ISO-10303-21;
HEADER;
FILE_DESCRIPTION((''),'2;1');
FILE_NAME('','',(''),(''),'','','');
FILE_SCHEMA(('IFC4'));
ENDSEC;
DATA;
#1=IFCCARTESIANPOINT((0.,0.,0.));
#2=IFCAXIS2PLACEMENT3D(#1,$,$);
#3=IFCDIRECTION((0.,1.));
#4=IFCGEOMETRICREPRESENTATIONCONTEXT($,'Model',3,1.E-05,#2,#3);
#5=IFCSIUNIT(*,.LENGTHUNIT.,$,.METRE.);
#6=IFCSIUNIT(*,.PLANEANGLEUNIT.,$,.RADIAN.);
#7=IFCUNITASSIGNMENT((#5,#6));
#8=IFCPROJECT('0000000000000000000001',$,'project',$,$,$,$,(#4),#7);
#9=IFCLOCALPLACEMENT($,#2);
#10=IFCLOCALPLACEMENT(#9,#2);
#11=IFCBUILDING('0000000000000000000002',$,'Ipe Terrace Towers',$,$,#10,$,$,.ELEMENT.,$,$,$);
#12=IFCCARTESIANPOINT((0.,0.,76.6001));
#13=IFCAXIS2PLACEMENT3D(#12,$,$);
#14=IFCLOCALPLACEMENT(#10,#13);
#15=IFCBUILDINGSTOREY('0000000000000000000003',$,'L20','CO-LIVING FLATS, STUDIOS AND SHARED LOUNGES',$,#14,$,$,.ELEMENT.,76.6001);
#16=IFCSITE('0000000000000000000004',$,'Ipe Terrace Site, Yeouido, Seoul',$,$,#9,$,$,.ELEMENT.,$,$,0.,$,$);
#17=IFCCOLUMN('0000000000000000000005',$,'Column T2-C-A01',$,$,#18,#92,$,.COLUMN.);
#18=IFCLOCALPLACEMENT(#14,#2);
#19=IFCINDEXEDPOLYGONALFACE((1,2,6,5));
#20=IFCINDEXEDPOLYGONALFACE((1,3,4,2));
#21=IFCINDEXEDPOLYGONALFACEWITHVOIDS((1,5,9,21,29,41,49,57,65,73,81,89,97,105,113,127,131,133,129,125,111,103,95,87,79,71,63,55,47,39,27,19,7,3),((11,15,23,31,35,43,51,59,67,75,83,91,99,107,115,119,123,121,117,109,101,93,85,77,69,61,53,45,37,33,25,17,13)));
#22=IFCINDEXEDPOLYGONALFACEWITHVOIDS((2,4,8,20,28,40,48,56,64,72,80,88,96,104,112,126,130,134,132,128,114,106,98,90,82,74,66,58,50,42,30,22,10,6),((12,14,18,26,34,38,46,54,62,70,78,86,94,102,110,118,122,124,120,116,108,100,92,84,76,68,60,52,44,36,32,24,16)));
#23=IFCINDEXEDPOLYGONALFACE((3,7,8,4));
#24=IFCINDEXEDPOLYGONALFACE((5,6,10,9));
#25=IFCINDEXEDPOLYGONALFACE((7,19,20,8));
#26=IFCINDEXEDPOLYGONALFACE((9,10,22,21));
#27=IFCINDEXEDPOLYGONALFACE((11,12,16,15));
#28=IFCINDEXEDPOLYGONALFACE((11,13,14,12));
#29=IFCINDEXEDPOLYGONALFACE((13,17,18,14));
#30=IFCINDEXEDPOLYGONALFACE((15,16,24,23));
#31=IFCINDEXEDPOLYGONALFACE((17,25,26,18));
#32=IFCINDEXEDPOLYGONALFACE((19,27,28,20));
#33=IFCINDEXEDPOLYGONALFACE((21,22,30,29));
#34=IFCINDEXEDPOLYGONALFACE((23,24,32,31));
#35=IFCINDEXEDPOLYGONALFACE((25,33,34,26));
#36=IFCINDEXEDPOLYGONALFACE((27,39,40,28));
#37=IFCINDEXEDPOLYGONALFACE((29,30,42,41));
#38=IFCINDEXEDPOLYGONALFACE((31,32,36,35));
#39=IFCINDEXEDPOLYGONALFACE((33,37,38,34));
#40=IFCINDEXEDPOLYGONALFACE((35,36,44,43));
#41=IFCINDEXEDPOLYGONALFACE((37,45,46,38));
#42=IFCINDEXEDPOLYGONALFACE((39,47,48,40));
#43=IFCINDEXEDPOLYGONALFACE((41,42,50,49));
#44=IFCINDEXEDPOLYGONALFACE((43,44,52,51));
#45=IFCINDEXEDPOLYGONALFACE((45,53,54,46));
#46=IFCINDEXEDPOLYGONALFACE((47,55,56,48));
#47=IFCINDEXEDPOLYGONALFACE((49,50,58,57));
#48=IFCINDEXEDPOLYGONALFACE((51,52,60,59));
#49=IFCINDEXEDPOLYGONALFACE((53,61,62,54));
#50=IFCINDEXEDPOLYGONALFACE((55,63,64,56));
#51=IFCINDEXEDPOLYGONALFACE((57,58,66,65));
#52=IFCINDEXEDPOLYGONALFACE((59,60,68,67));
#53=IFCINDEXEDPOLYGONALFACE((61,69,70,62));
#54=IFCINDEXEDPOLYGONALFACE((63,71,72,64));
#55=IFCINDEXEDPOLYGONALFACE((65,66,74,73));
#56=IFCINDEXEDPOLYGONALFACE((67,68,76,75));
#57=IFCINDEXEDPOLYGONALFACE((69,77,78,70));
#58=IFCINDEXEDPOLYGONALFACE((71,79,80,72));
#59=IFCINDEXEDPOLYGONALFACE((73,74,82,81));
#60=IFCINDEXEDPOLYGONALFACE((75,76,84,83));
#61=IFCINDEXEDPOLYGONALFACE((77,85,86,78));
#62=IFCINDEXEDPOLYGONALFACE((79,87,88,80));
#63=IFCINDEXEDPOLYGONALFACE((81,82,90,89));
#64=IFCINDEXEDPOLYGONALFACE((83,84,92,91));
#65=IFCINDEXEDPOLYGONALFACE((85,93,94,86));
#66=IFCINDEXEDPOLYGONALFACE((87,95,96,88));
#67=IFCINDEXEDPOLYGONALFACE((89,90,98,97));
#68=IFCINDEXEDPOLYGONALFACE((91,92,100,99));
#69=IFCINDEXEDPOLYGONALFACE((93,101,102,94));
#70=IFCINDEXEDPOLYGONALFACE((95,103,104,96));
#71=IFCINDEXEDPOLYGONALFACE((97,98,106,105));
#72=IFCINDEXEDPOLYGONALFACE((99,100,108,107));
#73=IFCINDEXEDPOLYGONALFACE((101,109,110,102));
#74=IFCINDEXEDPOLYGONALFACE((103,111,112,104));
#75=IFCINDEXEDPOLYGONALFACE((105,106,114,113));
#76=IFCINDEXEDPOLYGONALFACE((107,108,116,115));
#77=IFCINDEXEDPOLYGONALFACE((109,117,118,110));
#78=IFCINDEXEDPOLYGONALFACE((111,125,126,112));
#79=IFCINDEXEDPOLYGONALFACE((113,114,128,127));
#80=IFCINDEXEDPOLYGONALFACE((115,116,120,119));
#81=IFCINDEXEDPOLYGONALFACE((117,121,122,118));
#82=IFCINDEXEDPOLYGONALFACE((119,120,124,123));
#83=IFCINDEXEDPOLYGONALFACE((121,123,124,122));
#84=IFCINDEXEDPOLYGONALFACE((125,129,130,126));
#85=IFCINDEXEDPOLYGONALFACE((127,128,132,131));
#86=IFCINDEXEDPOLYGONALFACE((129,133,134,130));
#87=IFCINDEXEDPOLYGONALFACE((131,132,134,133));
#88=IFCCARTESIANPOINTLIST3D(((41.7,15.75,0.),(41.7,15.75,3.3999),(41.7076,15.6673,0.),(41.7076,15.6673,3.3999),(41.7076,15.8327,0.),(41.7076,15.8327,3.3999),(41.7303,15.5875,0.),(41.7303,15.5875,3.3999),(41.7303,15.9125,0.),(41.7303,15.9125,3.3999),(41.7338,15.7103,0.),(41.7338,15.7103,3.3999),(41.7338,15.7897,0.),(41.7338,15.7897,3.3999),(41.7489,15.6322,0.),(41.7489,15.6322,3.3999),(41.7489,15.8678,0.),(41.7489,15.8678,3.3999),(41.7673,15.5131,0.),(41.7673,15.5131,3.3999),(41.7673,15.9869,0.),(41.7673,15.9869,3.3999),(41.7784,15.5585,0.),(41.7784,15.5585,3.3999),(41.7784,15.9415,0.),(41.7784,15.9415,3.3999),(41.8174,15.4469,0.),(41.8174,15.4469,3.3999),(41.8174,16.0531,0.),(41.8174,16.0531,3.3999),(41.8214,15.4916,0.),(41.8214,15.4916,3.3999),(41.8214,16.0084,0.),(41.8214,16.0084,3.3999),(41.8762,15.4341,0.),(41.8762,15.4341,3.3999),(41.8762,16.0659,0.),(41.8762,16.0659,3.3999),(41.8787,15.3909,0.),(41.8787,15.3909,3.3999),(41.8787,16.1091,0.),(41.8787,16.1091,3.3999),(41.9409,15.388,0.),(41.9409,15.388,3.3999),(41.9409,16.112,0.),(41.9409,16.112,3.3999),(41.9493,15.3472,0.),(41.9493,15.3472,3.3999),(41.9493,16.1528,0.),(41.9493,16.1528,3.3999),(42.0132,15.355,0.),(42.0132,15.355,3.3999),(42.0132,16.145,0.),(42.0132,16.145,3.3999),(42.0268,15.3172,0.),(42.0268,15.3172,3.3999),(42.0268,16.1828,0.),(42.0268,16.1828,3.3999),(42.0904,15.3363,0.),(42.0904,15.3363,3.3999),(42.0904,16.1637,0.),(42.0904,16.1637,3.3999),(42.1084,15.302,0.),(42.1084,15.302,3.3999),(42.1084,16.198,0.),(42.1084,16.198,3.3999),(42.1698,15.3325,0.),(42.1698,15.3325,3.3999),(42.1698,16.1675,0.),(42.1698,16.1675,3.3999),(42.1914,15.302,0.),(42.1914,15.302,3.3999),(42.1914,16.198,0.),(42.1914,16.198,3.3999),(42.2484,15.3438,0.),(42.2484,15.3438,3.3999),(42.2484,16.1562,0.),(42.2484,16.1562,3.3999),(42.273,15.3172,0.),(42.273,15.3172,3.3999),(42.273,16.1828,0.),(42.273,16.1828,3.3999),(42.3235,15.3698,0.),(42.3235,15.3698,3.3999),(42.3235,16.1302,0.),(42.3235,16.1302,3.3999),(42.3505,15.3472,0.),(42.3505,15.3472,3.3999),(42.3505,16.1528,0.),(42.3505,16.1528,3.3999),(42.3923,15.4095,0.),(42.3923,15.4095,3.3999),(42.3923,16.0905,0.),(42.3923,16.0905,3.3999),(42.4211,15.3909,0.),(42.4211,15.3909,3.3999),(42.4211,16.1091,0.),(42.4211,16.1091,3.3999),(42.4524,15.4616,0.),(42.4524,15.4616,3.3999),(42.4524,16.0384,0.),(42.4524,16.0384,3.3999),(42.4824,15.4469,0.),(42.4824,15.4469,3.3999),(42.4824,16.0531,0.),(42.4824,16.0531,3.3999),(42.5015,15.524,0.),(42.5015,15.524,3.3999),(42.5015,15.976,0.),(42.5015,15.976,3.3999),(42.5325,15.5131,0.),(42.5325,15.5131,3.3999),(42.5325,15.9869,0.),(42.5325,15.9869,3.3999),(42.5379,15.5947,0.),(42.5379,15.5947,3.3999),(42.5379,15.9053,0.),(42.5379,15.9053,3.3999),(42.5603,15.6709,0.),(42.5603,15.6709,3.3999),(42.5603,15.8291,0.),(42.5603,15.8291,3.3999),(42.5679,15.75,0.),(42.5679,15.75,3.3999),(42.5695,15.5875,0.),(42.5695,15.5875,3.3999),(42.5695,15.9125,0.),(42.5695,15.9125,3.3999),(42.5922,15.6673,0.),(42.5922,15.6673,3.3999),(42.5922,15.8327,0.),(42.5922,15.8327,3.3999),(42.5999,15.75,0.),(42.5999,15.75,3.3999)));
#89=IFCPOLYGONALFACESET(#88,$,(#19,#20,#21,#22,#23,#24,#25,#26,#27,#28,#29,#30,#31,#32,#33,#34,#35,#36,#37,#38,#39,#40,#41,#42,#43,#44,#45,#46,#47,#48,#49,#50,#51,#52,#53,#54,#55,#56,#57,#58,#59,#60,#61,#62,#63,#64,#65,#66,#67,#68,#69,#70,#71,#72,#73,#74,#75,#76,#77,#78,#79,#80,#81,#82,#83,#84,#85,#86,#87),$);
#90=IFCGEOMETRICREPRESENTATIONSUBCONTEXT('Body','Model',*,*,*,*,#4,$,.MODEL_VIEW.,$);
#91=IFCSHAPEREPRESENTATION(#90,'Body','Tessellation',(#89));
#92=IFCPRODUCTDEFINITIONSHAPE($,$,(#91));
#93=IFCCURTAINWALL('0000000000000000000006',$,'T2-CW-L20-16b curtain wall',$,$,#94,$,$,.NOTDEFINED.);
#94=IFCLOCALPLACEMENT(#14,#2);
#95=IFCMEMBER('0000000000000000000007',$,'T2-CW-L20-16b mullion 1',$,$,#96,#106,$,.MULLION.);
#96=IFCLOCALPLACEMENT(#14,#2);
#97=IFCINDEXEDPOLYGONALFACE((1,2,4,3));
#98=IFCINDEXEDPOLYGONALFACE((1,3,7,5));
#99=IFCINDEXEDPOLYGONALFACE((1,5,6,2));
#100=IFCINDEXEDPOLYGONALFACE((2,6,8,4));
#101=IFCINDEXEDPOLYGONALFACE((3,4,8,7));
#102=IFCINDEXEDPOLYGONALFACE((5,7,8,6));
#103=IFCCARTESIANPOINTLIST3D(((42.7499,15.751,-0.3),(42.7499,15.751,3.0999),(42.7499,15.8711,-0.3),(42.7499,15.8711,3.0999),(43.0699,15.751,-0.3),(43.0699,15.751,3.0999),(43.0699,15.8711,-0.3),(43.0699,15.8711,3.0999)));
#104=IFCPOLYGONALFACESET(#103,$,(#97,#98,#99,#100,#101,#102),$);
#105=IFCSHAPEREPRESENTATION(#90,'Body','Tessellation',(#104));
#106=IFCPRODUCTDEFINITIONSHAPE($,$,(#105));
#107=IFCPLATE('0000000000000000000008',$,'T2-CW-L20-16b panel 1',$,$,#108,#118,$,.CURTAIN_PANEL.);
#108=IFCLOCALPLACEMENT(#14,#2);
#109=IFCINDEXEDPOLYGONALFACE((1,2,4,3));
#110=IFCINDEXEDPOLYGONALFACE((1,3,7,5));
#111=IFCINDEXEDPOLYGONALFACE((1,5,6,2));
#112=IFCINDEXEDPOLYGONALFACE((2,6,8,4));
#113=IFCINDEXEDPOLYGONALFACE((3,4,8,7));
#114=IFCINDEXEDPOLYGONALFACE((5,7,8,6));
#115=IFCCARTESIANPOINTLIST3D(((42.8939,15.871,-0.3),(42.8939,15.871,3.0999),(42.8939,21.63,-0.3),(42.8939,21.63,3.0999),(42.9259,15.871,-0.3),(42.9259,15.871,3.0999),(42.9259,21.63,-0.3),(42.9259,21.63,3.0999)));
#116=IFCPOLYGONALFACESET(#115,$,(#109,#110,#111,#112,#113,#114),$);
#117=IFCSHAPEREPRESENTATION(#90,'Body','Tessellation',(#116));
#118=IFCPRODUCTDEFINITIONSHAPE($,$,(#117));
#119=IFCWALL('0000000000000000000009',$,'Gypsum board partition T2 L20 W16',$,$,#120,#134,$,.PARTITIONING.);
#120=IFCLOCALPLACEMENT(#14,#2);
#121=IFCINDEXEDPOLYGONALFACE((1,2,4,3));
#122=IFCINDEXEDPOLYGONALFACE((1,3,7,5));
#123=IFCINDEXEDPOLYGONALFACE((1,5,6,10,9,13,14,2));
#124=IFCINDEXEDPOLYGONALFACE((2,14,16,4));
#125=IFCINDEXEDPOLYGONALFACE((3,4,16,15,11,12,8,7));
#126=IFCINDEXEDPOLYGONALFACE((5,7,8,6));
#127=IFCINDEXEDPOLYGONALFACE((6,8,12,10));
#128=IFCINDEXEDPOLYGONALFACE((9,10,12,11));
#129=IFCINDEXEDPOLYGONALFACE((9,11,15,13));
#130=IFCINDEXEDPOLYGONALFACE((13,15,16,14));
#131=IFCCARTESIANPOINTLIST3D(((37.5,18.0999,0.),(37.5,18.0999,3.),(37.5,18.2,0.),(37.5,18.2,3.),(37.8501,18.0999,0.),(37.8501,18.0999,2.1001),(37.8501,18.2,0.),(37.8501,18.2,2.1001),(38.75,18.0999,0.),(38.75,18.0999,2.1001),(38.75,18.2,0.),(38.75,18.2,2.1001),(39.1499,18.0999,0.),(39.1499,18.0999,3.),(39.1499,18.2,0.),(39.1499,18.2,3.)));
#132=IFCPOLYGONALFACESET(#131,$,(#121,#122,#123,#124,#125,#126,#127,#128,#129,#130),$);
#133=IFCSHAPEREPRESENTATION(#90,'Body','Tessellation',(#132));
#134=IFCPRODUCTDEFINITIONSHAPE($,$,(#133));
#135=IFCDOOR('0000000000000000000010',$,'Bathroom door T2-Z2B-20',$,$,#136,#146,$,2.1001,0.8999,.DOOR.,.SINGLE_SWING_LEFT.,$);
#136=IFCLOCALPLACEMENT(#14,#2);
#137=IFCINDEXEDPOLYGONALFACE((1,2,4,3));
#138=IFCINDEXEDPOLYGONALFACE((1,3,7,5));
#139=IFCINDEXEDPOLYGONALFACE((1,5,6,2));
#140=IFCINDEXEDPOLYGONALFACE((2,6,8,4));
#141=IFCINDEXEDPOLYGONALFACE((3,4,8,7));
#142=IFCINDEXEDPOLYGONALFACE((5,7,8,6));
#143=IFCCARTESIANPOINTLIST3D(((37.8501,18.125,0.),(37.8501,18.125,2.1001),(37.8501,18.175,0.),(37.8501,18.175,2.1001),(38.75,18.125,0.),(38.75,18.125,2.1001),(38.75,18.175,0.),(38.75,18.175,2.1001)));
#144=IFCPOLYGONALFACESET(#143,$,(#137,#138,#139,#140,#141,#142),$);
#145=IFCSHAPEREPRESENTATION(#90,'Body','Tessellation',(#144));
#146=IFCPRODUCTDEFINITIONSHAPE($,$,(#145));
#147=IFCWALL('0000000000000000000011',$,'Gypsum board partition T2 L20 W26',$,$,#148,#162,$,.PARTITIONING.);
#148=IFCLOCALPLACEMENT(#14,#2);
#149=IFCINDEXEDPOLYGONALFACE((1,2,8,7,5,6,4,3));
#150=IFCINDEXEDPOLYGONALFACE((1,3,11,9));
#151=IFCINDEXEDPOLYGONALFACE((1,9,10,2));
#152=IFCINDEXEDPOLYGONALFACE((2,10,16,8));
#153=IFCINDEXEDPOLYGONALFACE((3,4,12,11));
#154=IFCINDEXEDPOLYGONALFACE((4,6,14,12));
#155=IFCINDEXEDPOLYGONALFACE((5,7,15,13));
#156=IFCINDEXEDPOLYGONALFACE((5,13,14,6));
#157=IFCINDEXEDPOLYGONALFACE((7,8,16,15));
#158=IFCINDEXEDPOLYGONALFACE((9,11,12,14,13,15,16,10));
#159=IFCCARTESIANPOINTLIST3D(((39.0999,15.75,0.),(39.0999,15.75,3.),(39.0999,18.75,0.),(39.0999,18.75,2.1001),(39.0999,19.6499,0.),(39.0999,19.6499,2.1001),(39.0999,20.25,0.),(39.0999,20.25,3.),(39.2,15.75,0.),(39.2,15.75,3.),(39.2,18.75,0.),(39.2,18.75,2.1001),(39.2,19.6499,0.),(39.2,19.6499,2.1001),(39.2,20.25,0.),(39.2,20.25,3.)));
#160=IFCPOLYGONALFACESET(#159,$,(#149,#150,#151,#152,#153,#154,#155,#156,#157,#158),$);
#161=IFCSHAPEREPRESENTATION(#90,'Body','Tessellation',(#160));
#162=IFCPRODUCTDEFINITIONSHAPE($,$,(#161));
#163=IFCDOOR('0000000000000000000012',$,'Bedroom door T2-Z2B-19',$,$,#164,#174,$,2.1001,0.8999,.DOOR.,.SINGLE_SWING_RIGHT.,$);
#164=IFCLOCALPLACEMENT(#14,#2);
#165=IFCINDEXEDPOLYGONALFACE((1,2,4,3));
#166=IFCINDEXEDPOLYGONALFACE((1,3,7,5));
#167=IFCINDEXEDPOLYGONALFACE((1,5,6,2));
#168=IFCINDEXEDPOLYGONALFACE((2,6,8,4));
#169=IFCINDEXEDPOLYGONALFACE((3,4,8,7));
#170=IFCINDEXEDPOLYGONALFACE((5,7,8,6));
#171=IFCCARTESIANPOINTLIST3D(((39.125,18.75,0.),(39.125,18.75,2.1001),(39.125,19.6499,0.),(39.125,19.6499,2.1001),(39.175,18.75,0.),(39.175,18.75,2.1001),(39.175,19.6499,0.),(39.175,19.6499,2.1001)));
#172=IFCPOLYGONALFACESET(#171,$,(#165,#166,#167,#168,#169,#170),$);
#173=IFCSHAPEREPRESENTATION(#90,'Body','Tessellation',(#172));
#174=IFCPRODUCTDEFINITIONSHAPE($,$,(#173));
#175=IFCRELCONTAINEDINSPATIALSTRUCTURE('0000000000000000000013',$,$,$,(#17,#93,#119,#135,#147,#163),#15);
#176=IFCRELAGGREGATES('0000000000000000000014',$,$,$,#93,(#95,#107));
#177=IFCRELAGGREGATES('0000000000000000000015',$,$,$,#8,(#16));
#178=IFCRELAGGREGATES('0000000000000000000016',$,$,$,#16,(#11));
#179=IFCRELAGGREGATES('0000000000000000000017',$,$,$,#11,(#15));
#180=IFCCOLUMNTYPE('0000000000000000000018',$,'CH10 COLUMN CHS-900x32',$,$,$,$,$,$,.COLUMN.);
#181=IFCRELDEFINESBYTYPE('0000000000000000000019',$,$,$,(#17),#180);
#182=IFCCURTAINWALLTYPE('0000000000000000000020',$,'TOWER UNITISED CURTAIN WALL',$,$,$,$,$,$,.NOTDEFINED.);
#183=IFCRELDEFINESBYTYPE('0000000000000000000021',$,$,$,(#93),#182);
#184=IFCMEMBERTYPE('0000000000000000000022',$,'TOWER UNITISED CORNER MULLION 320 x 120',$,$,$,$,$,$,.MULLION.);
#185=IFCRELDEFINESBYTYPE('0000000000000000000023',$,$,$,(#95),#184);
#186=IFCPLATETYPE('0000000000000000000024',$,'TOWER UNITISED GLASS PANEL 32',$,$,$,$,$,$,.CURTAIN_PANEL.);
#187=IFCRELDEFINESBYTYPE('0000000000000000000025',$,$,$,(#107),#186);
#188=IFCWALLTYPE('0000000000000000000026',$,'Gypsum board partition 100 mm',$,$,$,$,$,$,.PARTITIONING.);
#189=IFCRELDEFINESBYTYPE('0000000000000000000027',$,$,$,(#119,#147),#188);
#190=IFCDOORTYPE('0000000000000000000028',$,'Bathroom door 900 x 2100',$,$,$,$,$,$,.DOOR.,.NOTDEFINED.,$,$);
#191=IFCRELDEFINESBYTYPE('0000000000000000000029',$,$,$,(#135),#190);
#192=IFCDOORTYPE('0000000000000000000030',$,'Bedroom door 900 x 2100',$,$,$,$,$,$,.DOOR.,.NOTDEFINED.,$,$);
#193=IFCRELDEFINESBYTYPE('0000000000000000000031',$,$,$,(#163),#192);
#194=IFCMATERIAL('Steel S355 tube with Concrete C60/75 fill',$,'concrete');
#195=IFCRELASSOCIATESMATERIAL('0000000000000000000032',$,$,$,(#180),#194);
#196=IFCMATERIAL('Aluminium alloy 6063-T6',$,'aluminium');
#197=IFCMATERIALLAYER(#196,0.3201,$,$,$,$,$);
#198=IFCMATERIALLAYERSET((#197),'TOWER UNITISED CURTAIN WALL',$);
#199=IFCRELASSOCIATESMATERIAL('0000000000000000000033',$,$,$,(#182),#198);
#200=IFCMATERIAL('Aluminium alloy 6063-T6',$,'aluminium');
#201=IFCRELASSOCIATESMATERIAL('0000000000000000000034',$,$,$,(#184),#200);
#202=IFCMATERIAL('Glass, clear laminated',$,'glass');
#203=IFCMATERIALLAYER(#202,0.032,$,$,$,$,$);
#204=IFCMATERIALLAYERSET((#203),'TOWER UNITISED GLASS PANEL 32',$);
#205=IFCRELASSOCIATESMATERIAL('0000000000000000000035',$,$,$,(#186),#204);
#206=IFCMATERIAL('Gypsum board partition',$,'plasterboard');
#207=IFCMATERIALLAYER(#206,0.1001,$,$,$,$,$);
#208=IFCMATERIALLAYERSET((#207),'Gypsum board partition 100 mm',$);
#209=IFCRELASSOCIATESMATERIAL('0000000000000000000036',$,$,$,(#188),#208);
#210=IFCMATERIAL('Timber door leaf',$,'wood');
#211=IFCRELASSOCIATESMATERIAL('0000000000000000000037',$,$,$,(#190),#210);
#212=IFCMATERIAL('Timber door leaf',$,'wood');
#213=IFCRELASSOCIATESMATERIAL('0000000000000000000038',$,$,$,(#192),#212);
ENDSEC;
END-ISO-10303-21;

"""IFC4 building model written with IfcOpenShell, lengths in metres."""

from ifc_helpers import new_model, si_unit, direction, frame, frame_2d, origin, origin_2d, place, context, subcontext, project, spatial, rectangle, hollow_circle, extrude, material, layer, layer_set, material_profile, profile_set, type_object, element, fill, aggregate, save


model = new_model("IFC4")

# Units and contexts
model_context = context("Model", 3, precision=1e-05, world=origin(), true_north=direction((0.0, 1.0)))
body_context = subcontext(model_context, "Body", "Model", "MODEL_VIEW")
ifc_project = project(units=[si_unit("LENGTHUNIT", "METRE"), si_unit("PLANEANGLEUNIT", "RADIAN")], contexts=[model_context])

# Site, building, storey
site_placement = place(None, origin())
site = spatial("IfcSite", under=ifc_project, at=site_placement, Name="Ipe Terrace Site, Yeouido, Seoul", CompositionType="ELEMENT", RefElevation=0.0)
building_placement = place(site_placement, origin())
building = spatial("IfcBuilding", under=site, at=building_placement, Name="Ipe Terrace Towers", CompositionType="ELEMENT")
storey_placement = place(building_placement, frame((0.0, 0.0, 76.6001)))
storey = spatial("IfcBuildingStorey", under=building, at=storey_placement, Name="L20", Description="CO-LIVING FLATS, STUDIOS AND SHARED LOUNGES", CompositionType="ELEMENT", Elevation=76.6001)

# Column
ifc_material_1 = material(Name="Steel S355 tube with Concrete C60/75 fill", Category="concrete")
ifc_material_profile_1 = material_profile(ifc_material_1, hollow_circle(Radius=0.45, WallThickness=0.032, at=origin_2d()), Name="CHS-900x32")
ifc_profile_set_1 = profile_set([ifc_material_profile_1], Name="Steel S355 tube with Concrete C60/75 fill")
column_type = type_object("IfcColumnType", Name="CH10 COLUMN CHS-900x32", PredefinedType="COLUMN", material=ifc_profile_set_1)
column_placement = place(storey_placement, frame((42.1499, 15.75, 0.0), z_axis=(0.0, 0.0, 1.0), x_axis=(1.0, 0.0, 0.0)))
element("IfcColumn", 1, at=column_placement, inside=storey, type_object=column_type, Name="Column T2-C-A01", PredefinedType="COLUMN", context=body_context, shape_type="SweptSolid", body=[
    extrude(hollow_circle(Radius=0.45, WallThickness=0.032, at=origin_2d()), origin(), (0.0, 0.0, 1.0), 3.3999),
])

# Curtain wall, member, plate
ifc_material_2 = material(Name="Aluminium alloy 6063-T6", Category="aluminium")
ifc_layer_1 = layer(ifc_material_2, 0.3201)
ifc_layer_set_1 = layer_set([ifc_layer_1], Name="TOWER UNITISED CURTAIN WALL")
curtain_wall_type = type_object("IfcCurtainWallType", Name="TOWER UNITISED CURTAIN WALL", PredefinedType="NOTDEFINED", material=ifc_layer_set_1)
curtain_wall_placement = place(storey_placement, origin())
curtain_wall = element("IfcCurtainWall", 2, at=curtain_wall_placement, inside=storey, type_object=curtain_wall_type, Name="T2-CW-L20-16b curtain wall", PredefinedType="NOTDEFINED")
ifc_material_3 = material(Name="Aluminium alloy 6063-T6", Category="aluminium")
ifc_material_profile_2 = material_profile(ifc_material_3, rectangle(XDim=0.3201, YDim=0.1201, at=origin_2d()), Name="TOWER UNITISED CORNER MULLION 320 x 120")
ifc_profile_set_2 = profile_set([ifc_material_profile_2], Name="Aluminium alloy 6063-T6")
member_type = type_object("IfcMemberType", Name="TOWER UNITISED CORNER MULLION 320 x 120", PredefinedType="MULLION", material=ifc_profile_set_2)
member_placement = place(storey_placement, frame((42.9099, 15.811, -0.3), z_axis=(0.0, 0.0, 1.0), x_axis=(1.0, 0.0, 0.0)))
member = element("IfcMember", 3, at=member_placement, type_object=member_type, Name="T2-CW-L20-16b mullion 1", PredefinedType="MULLION", context=body_context, shape_type="SweptSolid", body=[
    extrude(rectangle(XDim=0.3201, YDim=0.1201, at=origin_2d()), origin(), (0.0, 0.0, 1.0), 3.3999),
])
ifc_material_4 = material(Name="Glass, clear laminated", Category="glass")
ifc_layer_2 = layer(ifc_material_4, 0.032)
ifc_layer_set_2 = layer_set([ifc_layer_2], Name="TOWER UNITISED GLASS PANEL 32")
plate_type = type_object("IfcPlateType", Name="TOWER UNITISED GLASS PANEL 32", PredefinedType="CURTAIN_PANEL", material=ifc_layer_set_2)
plate_placement = place(storey_placement, frame((42.9099, 18.7505, -0.3), z_axis=(0.0, 0.0, 1.0), x_axis=(0.0, 1.0, 0.0)))
plate = element("IfcPlate", 4, at=plate_placement, type_object=plate_type, Name="T2-CW-L20-16b panel 1", PredefinedType="CURTAIN_PANEL", context=body_context, shape_type="SweptSolid", body=[
    extrude(rectangle(XDim=5.759, YDim=0.032, at=origin_2d()), origin(), (0.0, 0.0, 1.0), 3.3999),
])
aggregate(curtain_wall, [member, plate])

# Walls, openings, doors
ifc_material_5 = material(Name="Gypsum board partition", Category="plasterboard")
ifc_layer_3 = layer(ifc_material_5, 0.1001)
ifc_layer_set_3 = layer_set([ifc_layer_3], Name="Gypsum board partition 100 mm")
wall_type_1 = type_object("IfcWallType", Name="Gypsum board partition 100 mm", PredefinedType="PARTITIONING", material=ifc_layer_set_3)
wall_1_placement = place(storey_placement, frame((39.1499, 18.1499, 0.0), z_axis=(0.0, 0.0, 1.0), x_axis=(-1.0, 0.0, 0.0)))
wall_1 = element("IfcWall", 5, at=wall_1_placement, inside=storey, type_object=wall_type_1, Name="Gypsum board partition T2 L20 W16", PredefinedType="PARTITIONING", context=body_context, shape_type="SweptSolid", body=[
    extrude(rectangle(XDim=1.6499, YDim=0.1001, at=frame_2d((0.825, 0.0))), origin(), (0.0, 0.0, 1.0), 3.0),
])
opening_1_placement = place(wall_1_placement, frame((0.3999, 0.0, 0.0)))
opening_1 = element("IfcOpeningElement", 6, at=opening_1_placement, cuts=wall_1, PredefinedType="OPENING", context=body_context, shape_type="SweptSolid", body=[
    extrude(rectangle(XDim=0.8999, YDim=2.1001, at=frame_2d((0.45, 1.05))), frame((0.0, 0.0601, 0.0), z_axis=(0.0, -1.0, 0.0), x_axis=(1.0, 0.0, 0.0)), (0.0, 0.0, 1.0), 0.1201),
])
ifc_material_6 = material(Name="Timber door leaf", Category="wood")
door_type_1 = type_object("IfcDoorType", Name="Bathroom door 900 x 2100", OperationType="NOTDEFINED", PredefinedType="DOOR", material=ifc_material_6)
door_1_placement = place(opening_1_placement, origin())
door_1 = element("IfcDoor", 7, at=door_1_placement, inside=storey, type_object=door_type_1, Name="Bathroom door T2-Z2B-20", OperationType="SINGLE_SWING_LEFT", OverallHeight=2.1001, OverallWidth=0.8999, PredefinedType="DOOR", context=body_context, shape_type="SweptSolid", body=[
    extrude(rectangle(XDim=0.8999, YDim=2.1001, at=frame_2d((0.45, 1.05))), frame((0.0, 0.0249, 0.0), z_axis=(0.0, -1.0, 0.0), x_axis=(1.0, 0.0, 0.0)), (0.0, 0.0, 1.0), 0.05),
])
fill(opening_1, door_1)
wall_2_placement = place(storey_placement, frame((39.1499, 15.75, 0.0), z_axis=(0.0, 0.0, 1.0), x_axis=(0.0, 1.0, 0.0)))
wall_2 = element("IfcWall", 8, at=wall_2_placement, inside=storey, type_object=wall_type_1, Name="Gypsum board partition T2 L20 W26", PredefinedType="PARTITIONING", context=body_context, shape_type="SweptSolid", body=[
    extrude(rectangle(XDim=4.5, YDim=0.1001, at=frame_2d((2.25, 0.0))), origin(), (0.0, 0.0, 1.0), 3.0),
])
opening_2_placement = place(wall_2_placement, frame((3.0, 0.0, 0.0)))
opening_2 = element("IfcOpeningElement", 9, at=opening_2_placement, cuts=wall_2, PredefinedType="OPENING", context=body_context, shape_type="SweptSolid", body=[
    extrude(rectangle(XDim=0.8999, YDim=2.1001, at=frame_2d((0.45, 1.05))), frame((0.0, 0.0601, 0.0), z_axis=(0.0, -1.0, 0.0), x_axis=(1.0, 0.0, 0.0)), (0.0, 0.0, 1.0), 0.1201),
])
ifc_material_7 = material(Name="Timber door leaf", Category="wood")
door_type_2 = type_object("IfcDoorType", Name="Bedroom door 900 x 2100", OperationType="NOTDEFINED", PredefinedType="DOOR", material=ifc_material_7)
door_2_placement = place(opening_2_placement, origin())
door_2 = element("IfcDoor", 10, at=door_2_placement, inside=storey, type_object=door_type_2, Name="Bedroom door T2-Z2B-19", OperationType="SINGLE_SWING_RIGHT", OverallHeight=2.1001, OverallWidth=0.8999, PredefinedType="DOOR", context=body_context, shape_type="SweptSolid", body=[
    extrude(rectangle(XDim=0.8999, YDim=2.1001, at=frame_2d((0.45, 1.05))), frame((0.0, 0.0249, 0.0), z_axis=(0.0, -1.0, 0.0), x_axis=(1.0, 0.0, 0.0)), (0.0, 0.0, 1.0), 0.05),
])
fill(opening_2, door_2)

save(model, "model.ifc")
